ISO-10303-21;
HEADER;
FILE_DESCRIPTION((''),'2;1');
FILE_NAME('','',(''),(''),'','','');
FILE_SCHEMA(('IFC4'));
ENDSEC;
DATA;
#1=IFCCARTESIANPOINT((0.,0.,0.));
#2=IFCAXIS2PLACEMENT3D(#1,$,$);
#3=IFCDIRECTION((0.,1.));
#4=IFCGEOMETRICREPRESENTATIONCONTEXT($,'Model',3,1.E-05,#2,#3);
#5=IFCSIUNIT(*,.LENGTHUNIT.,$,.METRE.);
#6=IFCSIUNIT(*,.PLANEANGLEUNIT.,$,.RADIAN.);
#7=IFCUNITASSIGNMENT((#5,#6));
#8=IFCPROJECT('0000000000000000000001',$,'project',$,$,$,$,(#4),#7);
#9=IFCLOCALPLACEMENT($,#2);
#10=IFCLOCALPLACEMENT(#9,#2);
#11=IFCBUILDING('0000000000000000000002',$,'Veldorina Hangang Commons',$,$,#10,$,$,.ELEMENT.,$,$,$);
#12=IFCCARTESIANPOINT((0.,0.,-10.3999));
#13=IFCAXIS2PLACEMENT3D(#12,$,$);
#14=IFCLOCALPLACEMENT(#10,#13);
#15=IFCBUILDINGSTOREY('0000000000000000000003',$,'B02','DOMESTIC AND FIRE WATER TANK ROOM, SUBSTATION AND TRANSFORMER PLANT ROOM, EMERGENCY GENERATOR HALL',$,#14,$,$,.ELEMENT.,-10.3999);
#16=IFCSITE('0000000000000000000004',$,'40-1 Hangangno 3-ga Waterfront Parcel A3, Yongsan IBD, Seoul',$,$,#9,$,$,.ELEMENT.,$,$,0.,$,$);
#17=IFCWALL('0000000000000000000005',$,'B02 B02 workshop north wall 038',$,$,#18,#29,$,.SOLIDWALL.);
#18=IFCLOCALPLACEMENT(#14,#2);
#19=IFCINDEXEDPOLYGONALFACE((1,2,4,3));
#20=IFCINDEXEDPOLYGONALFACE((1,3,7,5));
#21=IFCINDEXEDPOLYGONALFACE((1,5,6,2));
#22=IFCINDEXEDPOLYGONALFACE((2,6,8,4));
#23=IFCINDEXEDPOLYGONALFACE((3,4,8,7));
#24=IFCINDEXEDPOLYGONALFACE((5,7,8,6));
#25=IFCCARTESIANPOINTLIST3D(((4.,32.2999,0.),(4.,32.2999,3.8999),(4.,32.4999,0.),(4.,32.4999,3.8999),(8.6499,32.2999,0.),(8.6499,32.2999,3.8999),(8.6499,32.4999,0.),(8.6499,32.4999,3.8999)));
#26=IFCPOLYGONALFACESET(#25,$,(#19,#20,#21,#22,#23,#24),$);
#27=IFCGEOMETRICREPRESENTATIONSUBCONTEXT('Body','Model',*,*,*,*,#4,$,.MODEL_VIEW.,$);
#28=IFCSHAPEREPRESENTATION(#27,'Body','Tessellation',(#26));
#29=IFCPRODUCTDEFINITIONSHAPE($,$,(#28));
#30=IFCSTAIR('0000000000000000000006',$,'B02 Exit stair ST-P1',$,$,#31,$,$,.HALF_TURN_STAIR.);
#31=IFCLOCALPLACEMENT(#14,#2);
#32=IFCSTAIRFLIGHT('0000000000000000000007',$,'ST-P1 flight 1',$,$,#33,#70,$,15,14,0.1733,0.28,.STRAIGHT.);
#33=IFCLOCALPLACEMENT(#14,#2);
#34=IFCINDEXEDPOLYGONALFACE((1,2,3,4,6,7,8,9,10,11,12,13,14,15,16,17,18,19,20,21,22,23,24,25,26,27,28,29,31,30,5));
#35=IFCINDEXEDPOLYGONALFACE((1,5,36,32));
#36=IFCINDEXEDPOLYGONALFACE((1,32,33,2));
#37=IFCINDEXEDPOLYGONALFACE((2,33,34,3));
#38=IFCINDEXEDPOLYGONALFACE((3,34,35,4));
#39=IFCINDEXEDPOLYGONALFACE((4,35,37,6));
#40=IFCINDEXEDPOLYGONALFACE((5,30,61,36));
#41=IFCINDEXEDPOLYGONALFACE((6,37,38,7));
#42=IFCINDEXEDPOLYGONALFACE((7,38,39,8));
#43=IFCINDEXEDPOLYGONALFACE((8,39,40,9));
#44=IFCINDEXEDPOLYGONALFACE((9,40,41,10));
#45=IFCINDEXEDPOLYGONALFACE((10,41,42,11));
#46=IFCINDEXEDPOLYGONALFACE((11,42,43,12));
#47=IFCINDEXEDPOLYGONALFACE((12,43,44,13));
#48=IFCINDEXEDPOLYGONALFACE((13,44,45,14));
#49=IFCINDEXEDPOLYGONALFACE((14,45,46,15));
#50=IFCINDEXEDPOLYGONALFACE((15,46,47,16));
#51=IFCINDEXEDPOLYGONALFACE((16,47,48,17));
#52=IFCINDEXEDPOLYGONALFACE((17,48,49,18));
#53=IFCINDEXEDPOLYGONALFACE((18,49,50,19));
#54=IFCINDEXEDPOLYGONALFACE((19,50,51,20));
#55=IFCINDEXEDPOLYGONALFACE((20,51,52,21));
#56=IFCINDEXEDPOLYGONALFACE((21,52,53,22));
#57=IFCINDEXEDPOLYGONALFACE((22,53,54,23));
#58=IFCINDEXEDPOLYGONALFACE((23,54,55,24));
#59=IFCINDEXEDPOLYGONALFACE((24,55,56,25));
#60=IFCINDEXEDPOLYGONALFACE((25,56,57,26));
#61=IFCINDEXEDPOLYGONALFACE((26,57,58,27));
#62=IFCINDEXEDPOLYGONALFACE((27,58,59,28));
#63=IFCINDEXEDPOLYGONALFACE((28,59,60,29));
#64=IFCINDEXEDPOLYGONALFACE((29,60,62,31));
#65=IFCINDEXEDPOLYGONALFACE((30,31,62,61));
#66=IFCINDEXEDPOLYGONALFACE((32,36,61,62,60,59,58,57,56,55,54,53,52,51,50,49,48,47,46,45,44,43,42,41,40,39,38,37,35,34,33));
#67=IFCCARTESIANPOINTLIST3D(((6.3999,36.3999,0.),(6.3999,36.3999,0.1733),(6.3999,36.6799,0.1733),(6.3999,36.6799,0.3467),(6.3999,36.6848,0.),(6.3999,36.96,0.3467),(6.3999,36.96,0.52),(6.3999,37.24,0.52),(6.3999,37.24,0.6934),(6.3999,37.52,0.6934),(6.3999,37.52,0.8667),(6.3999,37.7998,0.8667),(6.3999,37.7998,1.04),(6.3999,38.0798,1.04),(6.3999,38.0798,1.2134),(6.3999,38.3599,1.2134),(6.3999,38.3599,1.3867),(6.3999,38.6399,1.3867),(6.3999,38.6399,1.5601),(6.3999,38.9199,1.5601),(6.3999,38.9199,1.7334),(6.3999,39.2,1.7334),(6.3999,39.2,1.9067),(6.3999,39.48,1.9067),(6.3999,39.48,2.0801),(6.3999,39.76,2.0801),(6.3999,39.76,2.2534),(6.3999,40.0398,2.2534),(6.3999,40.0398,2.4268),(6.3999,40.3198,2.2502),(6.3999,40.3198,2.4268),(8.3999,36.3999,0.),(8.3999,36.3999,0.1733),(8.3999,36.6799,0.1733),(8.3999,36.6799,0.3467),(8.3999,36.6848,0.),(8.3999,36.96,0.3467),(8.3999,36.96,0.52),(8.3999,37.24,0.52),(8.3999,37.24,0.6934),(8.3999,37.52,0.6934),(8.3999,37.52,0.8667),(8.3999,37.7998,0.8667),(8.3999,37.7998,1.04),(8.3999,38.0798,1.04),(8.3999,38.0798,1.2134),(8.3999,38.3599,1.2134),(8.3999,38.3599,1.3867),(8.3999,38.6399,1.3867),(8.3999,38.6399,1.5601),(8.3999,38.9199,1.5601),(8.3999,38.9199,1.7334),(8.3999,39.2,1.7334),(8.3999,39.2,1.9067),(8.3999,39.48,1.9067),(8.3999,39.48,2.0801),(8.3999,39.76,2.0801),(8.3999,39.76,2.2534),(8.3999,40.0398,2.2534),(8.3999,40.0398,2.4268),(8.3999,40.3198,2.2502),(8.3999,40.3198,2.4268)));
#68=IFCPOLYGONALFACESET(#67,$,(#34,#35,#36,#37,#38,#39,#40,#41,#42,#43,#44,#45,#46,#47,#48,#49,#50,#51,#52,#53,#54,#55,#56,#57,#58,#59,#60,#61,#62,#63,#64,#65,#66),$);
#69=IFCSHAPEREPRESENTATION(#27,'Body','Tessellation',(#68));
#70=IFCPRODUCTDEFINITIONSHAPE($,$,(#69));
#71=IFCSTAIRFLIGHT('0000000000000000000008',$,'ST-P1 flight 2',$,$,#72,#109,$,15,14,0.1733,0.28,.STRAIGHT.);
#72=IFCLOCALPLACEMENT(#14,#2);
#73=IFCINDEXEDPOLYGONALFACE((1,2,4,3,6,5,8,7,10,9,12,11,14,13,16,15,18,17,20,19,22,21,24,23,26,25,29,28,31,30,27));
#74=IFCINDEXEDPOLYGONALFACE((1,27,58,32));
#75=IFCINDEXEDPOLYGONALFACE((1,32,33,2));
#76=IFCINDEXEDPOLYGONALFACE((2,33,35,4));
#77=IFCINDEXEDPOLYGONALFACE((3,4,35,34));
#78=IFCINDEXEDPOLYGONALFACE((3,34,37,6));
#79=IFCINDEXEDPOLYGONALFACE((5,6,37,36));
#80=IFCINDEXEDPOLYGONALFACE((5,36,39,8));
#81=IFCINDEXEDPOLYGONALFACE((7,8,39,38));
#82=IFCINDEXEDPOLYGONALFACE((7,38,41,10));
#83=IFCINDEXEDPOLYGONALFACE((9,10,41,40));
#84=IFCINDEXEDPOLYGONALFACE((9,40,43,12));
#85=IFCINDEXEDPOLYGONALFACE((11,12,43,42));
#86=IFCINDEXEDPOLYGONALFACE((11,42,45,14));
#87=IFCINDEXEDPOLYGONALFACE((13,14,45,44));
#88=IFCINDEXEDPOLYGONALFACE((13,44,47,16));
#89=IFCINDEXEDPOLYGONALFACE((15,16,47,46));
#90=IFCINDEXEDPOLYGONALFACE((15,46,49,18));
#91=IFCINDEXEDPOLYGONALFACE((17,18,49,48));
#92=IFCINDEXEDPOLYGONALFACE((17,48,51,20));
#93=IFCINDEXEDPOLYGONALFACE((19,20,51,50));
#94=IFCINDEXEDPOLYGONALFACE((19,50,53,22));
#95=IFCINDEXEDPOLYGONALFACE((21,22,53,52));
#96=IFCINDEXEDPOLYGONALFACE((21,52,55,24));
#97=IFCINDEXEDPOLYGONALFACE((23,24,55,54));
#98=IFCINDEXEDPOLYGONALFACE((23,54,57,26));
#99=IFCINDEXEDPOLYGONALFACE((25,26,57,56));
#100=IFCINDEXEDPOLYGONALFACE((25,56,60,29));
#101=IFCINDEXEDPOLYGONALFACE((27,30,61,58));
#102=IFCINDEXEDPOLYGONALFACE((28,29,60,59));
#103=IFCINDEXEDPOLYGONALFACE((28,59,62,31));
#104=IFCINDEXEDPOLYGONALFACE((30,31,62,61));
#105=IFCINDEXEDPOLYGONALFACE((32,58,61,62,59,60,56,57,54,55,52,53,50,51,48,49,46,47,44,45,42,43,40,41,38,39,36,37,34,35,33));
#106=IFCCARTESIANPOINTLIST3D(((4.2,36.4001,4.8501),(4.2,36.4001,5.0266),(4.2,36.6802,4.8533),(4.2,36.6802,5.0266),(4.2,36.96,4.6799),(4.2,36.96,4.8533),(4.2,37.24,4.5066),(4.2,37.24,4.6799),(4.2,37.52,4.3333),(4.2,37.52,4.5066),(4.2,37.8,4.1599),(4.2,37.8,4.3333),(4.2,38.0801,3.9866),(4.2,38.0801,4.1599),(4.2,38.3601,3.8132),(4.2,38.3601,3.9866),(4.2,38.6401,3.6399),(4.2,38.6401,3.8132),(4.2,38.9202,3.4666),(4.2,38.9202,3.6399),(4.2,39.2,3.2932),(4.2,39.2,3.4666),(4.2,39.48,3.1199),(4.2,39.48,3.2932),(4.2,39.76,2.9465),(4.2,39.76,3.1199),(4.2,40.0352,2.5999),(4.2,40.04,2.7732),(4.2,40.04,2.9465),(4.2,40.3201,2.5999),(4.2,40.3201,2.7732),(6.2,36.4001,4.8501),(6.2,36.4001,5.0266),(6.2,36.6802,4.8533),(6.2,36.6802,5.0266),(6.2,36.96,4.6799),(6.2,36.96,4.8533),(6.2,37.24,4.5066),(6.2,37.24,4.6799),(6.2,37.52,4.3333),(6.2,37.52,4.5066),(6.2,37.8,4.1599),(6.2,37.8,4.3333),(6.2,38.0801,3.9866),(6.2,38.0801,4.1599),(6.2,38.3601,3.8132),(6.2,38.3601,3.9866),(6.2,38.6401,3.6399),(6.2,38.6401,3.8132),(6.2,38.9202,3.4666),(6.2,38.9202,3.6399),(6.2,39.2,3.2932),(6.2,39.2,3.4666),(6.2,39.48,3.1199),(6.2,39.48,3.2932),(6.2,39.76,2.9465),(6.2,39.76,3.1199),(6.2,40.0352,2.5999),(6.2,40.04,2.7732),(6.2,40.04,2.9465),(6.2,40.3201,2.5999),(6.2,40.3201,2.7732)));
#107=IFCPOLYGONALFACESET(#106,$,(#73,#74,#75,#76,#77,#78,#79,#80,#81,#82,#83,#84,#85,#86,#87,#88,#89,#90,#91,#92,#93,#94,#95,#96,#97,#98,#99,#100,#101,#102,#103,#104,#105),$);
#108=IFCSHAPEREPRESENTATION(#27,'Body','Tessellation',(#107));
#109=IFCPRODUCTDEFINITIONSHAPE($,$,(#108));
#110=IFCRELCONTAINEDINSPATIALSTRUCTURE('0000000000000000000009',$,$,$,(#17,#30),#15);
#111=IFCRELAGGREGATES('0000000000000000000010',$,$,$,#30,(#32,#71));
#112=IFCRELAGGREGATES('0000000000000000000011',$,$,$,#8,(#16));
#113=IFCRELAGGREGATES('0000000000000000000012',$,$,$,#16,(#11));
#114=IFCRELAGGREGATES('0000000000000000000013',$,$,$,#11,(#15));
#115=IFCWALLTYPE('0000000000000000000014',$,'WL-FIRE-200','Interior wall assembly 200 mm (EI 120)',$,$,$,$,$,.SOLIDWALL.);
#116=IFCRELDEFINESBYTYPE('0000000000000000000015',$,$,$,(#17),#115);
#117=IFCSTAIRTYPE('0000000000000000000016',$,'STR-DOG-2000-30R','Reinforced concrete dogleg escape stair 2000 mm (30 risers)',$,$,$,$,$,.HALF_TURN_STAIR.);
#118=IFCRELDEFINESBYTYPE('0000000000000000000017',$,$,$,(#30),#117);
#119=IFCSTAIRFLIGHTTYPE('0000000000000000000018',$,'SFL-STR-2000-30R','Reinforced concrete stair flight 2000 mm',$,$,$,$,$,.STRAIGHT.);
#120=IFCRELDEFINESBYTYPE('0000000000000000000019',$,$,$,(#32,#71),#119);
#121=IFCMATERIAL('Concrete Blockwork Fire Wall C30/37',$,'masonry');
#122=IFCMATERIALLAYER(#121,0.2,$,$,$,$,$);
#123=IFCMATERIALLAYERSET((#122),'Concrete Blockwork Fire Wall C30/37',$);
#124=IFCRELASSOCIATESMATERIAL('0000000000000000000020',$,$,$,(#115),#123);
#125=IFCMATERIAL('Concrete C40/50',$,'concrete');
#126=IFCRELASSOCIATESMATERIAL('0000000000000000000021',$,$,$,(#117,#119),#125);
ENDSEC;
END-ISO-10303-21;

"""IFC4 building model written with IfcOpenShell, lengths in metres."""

from ifc_helpers import new_model, si_unit, direction, frame, frame_2d, origin, place, context, subcontext, project, spatial, polyline, rectangle, outline, extrude, material, layer, layer_set, type_object, element, aggregate, save


model = new_model("IFC4")

# Units and contexts
model_context = context("Model", 3, precision=1e-05, world=origin(), true_north=direction((0.0, 1.0)))
body_context = subcontext(model_context, "Body", "Model", "MODEL_VIEW")
ifc_project = project(units=[si_unit("LENGTHUNIT", "METRE"), si_unit("PLANEANGLEUNIT", "RADIAN")], contexts=[model_context])

# Site, building, storey
site_placement = place(None, origin())
site = spatial("IfcSite", under=ifc_project, at=site_placement, Name="40-1 Hangangno 3-ga Waterfront Parcel A3, Yongsan IBD, Seoul", CompositionType="ELEMENT", RefElevation=0.0)
building_placement = place(site_placement, origin())
building = spatial("IfcBuilding", under=site, at=building_placement, Name="Veldorina Hangang Commons", CompositionType="ELEMENT")
storey_placement = place(building_placement, frame((0.0, 0.0, -10.3999)))
storey = spatial("IfcBuildingStorey", under=building, at=storey_placement, Name="B02", Description="DOMESTIC AND FIRE WATER TANK ROOM, SUBSTATION AND TRANSFORMER PLANT ROOM, EMERGENCY GENERATOR HALL", CompositionType="ELEMENT", Elevation=-10.3999)

# Shared definitions
ifc_material_1 = material(Name="Concrete Blockwork Fire Wall C30/37", Category="masonry")
ifc_layer_1 = layer(ifc_material_1, 0.2)
ifc_layer_set_1 = layer_set([ifc_layer_1], Name="Concrete Blockwork Fire Wall C30/37")
wall_type_1 = type_object("IfcWallType", Name="WL-FIRE-200", Description="Interior wall assembly 200 mm (EI 120)", PredefinedType="SOLIDWALL", material=ifc_layer_set_1)

# Wall
wall_1_placement = place(storey_placement, frame((4.0, 32.3999, 0.0), z_axis=(0.0, 0.0, 1.0), x_axis=(1.0, 0.0, 0.0)))
element("IfcWall", 1, at=wall_1_placement, inside=storey, type_object=wall_type_1, Name="B02 B02 workshop north wall 038", PredefinedType="SOLIDWALL", context=body_context, shape_type="SweptSolid", body=[
    extrude(rectangle(XDim=4.6499, YDim=0.2, at=frame_2d((2.325, 0.0))), origin(), (0.0, 0.0, 1.0), 3.8999),
])

# Stair, stair flights
ifc_material_2 = material(Name="Concrete C40/50", Category="concrete")
stair_type = type_object("IfcStairType", Name="STR-DOG-2000-30R", Description="Reinforced concrete dogleg escape stair 2000 mm (30 risers)", PredefinedType="HALF_TURN_STAIR", material=ifc_material_2)
stair_placement = place(storey_placement, origin())
stair = element("IfcStair", 2, at=stair_placement, inside=storey, type_object=stair_type, Name="B02 Exit stair ST-P1", PredefinedType="HALF_TURN_STAIR")
stair_flight_type = type_object("IfcStairFlightType", Name="SFL-STR-2000-30R", Description="Reinforced concrete stair flight 2000 mm", PredefinedType="STRAIGHT", material=ifc_material_2)
stair_flight_1_placement = place(storey_placement, frame((7.3999, 36.3999, 0.0), z_axis=(0.0, 0.0, 1.0), x_axis=(0.0, 1.0, 0.0)))
stair_flight_1 = element("IfcStairFlight", 3, at=stair_flight_1_placement, type_object=stair_flight_type, Name="ST-P1 flight 1", NumberOfRisers=15, NumberOfTreads=14, PredefinedType="STRAIGHT", RiserHeight=0.1733, TreadLength=0.28, context=body_context, shape_type="SweptSolid", body=[
    extrude(outline(polyline([(0.0, 0.0), (0.0, 0.1733), (0.28, 0.1733), (0.28, 0.3467), (0.5601, 0.3467), (0.5601, 0.52), (0.8401, 0.52), (0.8401, 0.6934), (1.1201, 0.6934), (1.1201, 0.8667), (1.3999, 0.8667), (1.3999, 1.04), (1.6799, 1.04), (1.6799, 1.2134), (1.96, 1.2134), (1.96, 1.3867), (2.24, 1.3867), (2.24, 1.5601), (2.52, 1.5601), (2.52, 1.7334), (2.8, 1.7334), (2.8, 1.9067), (3.0801, 1.9067), (3.0801, 2.0801), (3.3601, 2.0801), (3.3601, 2.2534), (3.6399, 2.2534), (3.6399, 2.4268), (3.9199, 2.4268), (3.9199, 2.6001), (3.9199, 2.2502), (0.2849, 0.0), (0.0, 0.0)])), frame((0.0, 1.0, 0.0), z_axis=(0.0, -1.0, 0.0), x_axis=(1.0, 0.0, 0.0)), (0.0, 0.0, 1.0), 2.0),
])
stair_flight_2_placement = place(storey_placement, frame((5.2, 40.3201, 2.5999), z_axis=(0.0, 0.0, 1.0), x_axis=(0.0, -1.0, 0.0)))
stair_flight_2 = element("IfcStairFlight", 4, at=stair_flight_2_placement, type_object=stair_flight_type, Name="ST-P1 flight 2", NumberOfRisers=15, NumberOfTreads=14, PredefinedType="STRAIGHT", RiserHeight=0.1733, TreadLength=0.28, context=body_context, shape_type="SweptSolid", body=[
    extrude(outline(polyline([(0.0, 0.0), (0.0, 0.1733), (0.28, 0.1733), (0.28, 0.3467), (0.5601, 0.3467), (0.5601, 0.52), (0.8401, 0.52), (0.8401, 0.6934), (1.1201, 0.6934), (1.1201, 0.8667), (1.3999, 0.8667), (1.3999, 1.04), (1.6799, 1.04), (1.6799, 1.2134), (1.96, 1.2134), (1.96, 1.3867), (2.24, 1.3867), (2.24, 1.5601), (2.52, 1.5601), (2.52, 1.7334), (2.8, 1.7334), (2.8, 1.9067), (3.0801, 1.9067), (3.0801, 2.0801), (3.3601, 2.0801), (3.3601, 2.2534), (3.6399, 2.2534), (3.6399, 2.4268), (3.9199, 2.4268), (3.9199, 2.6001), (3.9199, 2.2502), (0.2849, 0.0), (0.0, 0.0)])), frame((0.0, 1.0, 0.0), z_axis=(0.0, -1.0, 0.0), x_axis=(1.0, 0.0, 0.0)), (0.0, 0.0, 1.0), 2.0),
])
aggregate(stair, [stair_flight_1, stair_flight_2])

save(model, "model.ifc")
